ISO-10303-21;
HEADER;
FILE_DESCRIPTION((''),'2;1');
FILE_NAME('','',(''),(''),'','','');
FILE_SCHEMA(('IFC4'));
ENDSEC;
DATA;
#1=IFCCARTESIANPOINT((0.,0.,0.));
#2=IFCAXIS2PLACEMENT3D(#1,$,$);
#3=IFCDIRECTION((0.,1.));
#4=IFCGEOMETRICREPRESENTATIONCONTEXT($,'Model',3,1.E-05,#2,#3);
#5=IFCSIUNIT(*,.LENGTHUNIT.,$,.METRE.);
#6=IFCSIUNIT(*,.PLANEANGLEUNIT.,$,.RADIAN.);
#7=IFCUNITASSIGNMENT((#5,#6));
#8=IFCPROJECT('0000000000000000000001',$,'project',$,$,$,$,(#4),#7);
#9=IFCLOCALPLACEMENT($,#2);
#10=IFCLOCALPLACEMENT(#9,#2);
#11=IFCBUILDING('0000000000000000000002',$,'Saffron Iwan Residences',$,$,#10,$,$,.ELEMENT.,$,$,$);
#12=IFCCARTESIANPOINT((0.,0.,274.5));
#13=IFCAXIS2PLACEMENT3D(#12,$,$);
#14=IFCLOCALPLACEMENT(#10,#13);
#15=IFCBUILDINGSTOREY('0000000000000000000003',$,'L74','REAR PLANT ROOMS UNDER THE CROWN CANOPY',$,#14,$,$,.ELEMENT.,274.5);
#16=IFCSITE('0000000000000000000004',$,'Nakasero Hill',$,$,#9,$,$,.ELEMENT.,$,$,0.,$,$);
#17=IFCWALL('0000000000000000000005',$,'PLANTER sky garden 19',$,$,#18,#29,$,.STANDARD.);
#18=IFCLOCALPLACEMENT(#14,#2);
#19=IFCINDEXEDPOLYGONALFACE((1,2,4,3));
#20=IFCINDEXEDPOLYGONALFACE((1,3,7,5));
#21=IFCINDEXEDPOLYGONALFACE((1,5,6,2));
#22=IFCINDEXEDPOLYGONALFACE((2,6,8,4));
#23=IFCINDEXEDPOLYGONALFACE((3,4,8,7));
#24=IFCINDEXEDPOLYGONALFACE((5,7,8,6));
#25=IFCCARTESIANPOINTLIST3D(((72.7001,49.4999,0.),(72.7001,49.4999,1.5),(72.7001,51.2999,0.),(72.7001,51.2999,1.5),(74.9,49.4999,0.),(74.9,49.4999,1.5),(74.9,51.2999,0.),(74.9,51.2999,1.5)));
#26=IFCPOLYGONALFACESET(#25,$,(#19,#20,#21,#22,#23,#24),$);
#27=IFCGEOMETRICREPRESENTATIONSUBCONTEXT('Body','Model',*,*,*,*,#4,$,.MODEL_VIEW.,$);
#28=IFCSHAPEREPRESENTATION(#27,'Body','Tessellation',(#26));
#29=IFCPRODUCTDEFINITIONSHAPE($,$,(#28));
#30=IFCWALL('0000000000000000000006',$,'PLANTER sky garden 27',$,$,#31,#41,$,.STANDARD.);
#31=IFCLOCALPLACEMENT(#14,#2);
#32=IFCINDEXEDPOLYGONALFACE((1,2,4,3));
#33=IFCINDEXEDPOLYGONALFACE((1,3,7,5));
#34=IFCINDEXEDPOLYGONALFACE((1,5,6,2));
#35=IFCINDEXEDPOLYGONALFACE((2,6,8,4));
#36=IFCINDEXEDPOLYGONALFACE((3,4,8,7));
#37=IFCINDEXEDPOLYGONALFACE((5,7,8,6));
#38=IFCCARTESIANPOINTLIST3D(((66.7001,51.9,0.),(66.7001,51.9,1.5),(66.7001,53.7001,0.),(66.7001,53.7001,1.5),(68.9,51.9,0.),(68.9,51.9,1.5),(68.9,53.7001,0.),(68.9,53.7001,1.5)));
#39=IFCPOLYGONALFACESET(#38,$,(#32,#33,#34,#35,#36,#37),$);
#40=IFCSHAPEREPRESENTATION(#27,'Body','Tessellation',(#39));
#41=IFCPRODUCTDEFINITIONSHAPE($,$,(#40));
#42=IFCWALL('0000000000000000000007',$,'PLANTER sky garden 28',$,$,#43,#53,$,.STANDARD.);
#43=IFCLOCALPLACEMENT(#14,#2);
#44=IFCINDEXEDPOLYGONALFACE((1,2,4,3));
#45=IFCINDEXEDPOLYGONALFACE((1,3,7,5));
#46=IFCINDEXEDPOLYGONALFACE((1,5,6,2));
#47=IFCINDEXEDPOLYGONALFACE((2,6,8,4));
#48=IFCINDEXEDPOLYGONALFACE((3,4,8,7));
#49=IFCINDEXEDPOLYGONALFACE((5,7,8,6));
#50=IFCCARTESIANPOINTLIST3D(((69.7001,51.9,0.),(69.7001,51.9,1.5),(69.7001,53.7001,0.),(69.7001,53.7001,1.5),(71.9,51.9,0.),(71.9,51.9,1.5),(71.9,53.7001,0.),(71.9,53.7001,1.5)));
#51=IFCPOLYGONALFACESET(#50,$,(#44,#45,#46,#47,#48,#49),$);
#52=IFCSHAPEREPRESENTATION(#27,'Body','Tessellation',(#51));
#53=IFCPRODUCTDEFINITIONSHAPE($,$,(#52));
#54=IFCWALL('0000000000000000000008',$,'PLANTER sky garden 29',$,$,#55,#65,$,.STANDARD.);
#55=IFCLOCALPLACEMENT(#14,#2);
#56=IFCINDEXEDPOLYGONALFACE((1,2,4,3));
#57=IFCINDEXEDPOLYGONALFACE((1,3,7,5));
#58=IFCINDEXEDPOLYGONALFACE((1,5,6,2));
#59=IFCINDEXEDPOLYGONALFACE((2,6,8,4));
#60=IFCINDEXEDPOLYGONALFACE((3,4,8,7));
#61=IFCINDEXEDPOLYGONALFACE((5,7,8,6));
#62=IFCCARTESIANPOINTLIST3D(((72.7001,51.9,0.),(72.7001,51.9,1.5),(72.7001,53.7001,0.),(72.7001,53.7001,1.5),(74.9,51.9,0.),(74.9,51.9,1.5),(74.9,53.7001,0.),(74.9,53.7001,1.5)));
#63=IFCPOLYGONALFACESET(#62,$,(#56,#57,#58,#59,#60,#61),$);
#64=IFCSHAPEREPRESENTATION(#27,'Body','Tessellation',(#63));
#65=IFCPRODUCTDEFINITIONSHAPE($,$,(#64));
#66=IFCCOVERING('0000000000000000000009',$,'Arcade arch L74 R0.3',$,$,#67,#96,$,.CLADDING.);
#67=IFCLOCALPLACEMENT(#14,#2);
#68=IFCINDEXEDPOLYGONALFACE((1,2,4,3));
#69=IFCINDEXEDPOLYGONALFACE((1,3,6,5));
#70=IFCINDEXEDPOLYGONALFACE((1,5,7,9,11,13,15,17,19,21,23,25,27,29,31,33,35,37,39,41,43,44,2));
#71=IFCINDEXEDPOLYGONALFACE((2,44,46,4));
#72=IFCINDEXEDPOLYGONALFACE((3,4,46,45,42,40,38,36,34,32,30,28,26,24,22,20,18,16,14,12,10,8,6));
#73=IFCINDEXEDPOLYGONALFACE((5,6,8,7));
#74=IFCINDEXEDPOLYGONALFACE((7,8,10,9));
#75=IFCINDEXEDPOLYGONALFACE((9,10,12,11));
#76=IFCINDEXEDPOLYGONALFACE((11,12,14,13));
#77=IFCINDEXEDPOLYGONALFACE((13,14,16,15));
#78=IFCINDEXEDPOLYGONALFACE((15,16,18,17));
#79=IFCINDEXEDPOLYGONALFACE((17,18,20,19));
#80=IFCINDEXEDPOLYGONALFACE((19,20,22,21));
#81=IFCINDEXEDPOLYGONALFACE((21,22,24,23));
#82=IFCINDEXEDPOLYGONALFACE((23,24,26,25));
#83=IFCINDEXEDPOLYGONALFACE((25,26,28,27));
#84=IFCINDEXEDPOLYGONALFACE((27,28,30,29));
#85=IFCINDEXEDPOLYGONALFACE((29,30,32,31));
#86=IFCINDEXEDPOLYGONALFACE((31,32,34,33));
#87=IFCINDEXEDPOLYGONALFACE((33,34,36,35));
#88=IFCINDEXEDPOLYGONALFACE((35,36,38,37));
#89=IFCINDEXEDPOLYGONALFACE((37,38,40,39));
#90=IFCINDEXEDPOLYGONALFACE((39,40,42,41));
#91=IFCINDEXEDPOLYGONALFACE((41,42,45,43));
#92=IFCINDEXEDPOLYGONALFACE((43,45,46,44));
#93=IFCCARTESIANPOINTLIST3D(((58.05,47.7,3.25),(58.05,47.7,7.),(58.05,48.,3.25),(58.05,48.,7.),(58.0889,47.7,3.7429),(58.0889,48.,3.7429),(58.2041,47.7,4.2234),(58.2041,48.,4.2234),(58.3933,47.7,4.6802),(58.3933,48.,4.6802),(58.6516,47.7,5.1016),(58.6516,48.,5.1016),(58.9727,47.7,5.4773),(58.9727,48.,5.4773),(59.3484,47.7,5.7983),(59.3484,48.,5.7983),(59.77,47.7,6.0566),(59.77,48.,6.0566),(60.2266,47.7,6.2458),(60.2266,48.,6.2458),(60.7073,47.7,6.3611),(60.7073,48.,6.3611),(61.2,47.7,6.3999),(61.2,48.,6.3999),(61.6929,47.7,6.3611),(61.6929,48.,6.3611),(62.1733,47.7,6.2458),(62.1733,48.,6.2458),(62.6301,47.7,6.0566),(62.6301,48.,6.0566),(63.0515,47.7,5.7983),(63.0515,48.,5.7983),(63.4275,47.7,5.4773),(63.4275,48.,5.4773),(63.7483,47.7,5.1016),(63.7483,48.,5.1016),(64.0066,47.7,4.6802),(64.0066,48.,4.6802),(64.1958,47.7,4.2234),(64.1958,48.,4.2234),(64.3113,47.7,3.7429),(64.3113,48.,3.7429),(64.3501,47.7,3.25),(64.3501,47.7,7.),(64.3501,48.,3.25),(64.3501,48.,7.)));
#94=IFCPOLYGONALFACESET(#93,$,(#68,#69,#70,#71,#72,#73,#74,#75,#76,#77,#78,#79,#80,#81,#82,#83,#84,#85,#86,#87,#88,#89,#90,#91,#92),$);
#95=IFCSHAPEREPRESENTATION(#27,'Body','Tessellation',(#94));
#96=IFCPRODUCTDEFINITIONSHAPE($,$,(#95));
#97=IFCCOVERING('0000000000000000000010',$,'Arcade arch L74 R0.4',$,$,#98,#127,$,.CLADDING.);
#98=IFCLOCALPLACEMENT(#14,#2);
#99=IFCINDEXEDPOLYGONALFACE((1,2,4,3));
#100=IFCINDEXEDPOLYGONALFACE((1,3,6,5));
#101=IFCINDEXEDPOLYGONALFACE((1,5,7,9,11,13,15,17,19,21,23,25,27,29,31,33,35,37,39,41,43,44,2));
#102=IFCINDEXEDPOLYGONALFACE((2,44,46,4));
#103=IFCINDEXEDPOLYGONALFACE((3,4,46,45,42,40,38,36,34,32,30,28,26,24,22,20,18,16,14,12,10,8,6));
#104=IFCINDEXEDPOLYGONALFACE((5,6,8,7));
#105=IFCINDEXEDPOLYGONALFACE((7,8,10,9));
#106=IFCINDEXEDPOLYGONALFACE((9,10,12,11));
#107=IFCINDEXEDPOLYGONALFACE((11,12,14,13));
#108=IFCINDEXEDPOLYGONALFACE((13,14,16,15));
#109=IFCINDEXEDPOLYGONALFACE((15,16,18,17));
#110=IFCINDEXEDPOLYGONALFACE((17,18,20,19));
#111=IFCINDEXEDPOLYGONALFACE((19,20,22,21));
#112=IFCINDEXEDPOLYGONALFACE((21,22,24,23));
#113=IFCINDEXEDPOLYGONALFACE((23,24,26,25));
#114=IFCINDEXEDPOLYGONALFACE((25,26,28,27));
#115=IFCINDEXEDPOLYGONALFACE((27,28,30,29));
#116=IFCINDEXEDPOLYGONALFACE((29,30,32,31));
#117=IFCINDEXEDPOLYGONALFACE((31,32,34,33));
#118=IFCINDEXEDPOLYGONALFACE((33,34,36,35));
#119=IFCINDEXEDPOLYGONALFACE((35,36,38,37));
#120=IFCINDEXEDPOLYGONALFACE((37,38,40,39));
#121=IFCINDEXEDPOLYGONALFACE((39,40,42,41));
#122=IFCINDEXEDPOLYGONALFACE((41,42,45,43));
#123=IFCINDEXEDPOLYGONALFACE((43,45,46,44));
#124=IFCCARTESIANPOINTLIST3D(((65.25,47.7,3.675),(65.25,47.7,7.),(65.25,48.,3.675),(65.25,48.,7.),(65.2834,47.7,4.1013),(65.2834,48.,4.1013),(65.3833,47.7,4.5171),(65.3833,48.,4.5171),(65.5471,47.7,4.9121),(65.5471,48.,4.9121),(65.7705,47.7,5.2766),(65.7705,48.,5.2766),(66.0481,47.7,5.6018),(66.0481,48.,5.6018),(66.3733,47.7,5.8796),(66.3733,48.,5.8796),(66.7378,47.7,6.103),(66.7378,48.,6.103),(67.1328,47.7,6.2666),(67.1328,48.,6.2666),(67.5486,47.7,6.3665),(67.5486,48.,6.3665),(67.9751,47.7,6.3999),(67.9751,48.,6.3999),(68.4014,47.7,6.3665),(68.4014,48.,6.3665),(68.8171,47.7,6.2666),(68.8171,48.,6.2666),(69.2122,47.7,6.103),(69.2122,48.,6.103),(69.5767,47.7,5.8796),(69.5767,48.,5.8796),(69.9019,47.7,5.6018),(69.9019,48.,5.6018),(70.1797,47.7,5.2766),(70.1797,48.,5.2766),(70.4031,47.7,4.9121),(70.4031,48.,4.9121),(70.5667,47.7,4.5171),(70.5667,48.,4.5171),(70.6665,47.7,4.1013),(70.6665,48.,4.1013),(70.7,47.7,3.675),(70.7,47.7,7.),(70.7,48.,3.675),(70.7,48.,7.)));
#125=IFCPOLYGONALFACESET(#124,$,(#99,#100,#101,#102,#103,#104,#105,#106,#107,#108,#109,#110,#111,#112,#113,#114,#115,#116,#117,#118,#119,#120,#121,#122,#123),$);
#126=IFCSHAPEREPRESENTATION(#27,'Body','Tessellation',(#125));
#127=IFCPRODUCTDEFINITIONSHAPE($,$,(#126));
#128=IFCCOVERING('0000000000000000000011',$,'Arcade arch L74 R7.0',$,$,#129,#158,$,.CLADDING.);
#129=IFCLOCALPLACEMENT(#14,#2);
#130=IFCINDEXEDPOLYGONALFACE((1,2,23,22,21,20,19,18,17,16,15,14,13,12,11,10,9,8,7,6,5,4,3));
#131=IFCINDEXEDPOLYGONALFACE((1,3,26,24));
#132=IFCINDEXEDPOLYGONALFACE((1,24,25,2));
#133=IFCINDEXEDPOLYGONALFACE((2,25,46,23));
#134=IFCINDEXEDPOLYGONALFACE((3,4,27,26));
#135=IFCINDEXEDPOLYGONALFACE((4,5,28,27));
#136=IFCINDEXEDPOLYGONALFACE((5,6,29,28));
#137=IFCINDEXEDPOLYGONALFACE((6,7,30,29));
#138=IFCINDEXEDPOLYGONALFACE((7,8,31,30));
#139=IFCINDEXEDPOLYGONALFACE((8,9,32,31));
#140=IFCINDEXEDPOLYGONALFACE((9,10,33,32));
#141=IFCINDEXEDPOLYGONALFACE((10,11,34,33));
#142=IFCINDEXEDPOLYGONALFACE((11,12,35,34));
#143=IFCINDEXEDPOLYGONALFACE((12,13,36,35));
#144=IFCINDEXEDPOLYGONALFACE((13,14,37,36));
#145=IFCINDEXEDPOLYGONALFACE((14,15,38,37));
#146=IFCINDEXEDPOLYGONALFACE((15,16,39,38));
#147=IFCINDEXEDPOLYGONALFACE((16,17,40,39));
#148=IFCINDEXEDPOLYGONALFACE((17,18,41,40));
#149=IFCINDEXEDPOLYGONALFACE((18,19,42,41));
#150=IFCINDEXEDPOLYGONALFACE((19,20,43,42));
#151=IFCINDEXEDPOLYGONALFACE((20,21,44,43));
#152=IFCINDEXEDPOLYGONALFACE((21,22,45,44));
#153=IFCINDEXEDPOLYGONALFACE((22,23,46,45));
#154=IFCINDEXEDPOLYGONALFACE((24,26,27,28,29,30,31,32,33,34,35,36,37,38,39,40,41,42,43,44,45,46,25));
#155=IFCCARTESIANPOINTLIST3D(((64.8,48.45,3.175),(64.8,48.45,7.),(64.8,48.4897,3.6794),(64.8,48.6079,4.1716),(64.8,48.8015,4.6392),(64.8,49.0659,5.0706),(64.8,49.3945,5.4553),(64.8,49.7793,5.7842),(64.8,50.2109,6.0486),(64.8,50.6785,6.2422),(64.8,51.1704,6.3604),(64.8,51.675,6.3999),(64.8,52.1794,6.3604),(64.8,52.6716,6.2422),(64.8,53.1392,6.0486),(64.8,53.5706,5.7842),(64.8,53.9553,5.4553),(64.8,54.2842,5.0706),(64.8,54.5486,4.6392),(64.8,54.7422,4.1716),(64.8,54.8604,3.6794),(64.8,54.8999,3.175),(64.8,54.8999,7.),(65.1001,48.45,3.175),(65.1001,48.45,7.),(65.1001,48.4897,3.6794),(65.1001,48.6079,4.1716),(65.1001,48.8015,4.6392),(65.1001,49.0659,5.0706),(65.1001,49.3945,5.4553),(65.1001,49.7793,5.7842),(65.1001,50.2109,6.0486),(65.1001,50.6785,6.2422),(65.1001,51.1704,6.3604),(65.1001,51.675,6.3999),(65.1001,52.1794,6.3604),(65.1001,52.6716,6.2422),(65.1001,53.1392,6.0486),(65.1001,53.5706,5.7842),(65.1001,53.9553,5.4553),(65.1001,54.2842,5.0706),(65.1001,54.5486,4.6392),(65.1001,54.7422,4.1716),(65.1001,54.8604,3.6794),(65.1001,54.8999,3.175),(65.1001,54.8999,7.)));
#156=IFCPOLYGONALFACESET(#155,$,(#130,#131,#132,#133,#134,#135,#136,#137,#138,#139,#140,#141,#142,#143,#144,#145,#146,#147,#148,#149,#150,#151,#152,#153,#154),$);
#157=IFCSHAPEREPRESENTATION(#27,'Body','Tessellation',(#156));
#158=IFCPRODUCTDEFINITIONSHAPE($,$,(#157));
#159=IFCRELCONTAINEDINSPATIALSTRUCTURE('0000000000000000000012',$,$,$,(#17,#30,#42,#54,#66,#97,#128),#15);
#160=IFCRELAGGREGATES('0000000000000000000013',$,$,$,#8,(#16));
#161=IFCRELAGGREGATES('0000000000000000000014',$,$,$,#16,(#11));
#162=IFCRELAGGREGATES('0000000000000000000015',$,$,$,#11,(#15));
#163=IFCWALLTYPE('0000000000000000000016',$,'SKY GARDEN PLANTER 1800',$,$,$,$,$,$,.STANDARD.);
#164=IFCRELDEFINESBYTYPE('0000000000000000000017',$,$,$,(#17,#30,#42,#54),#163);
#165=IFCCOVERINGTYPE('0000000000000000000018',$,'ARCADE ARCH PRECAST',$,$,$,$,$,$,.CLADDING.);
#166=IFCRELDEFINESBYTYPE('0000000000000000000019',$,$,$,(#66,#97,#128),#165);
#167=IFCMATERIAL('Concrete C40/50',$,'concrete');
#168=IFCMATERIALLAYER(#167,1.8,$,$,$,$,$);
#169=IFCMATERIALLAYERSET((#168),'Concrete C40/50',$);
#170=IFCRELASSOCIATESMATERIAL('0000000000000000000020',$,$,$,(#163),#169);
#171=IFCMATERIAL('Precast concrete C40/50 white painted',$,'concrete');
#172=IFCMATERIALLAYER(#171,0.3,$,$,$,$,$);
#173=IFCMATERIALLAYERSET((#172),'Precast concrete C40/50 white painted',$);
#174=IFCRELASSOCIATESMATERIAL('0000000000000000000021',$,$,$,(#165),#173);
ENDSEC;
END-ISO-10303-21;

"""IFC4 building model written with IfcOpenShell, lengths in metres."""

from ifc_helpers import new_model, si_unit, direction, frame, frame_2d, origin, place, context, subcontext, project, spatial, polyline, rectangle, outline, extrude, material, layer, layer_set, type_object, element, save


model = new_model("IFC4")

# Units and contexts
model_context = context("Model", 3, precision=1e-05, world=origin(), true_north=direction((0.0, 1.0)))
body_context = subcontext(model_context, "Body", "Model", "MODEL_VIEW")
ifc_project = project(units=[si_unit("LENGTHUNIT", "METRE"), si_unit("PLANEANGLEUNIT", "RADIAN")], contexts=[model_context])

# Site, building, storey
site_placement = place(None, origin())
site = spatial("IfcSite", under=ifc_project, at=site_placement, Name="Nakasero Hill", CompositionType="ELEMENT", RefElevation=0.0)
building_placement = place(site_placement, origin())
building = spatial("IfcBuilding", under=site, at=building_placement, Name="Saffron Iwan Residences", CompositionType="ELEMENT")
storey_placement = place(building_placement, frame((0.0, 0.0, 274.5)))
storey = spatial("IfcBuildingStorey", under=building, at=storey_placement, Name="L74", Description="REAR PLANT ROOMS UNDER THE CROWN CANOPY", CompositionType="ELEMENT", Elevation=274.5)

# Shared definitions
ifc_material_1 = material(Name="Concrete C40/50", Category="concrete")

# Walls
ifc_layer_1 = layer(ifc_material_1, 1.8)
ifc_layer_set_1 = layer_set([ifc_layer_1], Name="Concrete C40/50")
wall_type_1 = type_object("IfcWallType", Name="SKY GARDEN PLANTER 1800", PredefinedType="STANDARD", material=ifc_layer_set_1)
for number, where, z_axis, x_axis, name in (
    (1, (72.7, 50.3999, 0.0), (0.0, 0.0, 1.0), (1.0, 0.0, 0.0), "PLANTER sky garden 19"),
    (2, (66.7, 52.8, 0.0), (0.0, 0.0, 1.0), (1.0, 0.0, 0.0), "PLANTER sky garden 27"),
    (3, (69.7, 52.8, 0.0), (0.0, 0.0, 1.0), (1.0, 0.0, 0.0), "PLANTER sky garden 28"),
    (4, (72.7, 52.8, 0.0), (0.0, 0.0, 1.0), (1.0, 0.0, 0.0), "PLANTER sky garden 29"),
):
    element("IfcWall", number, at=place(storey_placement, frame(where, z_axis=z_axis, x_axis=x_axis)), inside=storey, type_object=wall_type_1, Name=name, PredefinedType="STANDARD", context=body_context, shape_type="SweptSolid", body=[
        extrude(rectangle(XDim=2.2, YDim=1.8, at=frame_2d((1.1001, 0.0))), origin(), (0.0, 0.0, 1.0), 1.5),
    ])

# Coverings
ifc_material_2 = material(Name="Precast concrete C40/50 white painted", Category="concrete")
ifc_layer_2 = layer(ifc_material_2, 0.3)
ifc_layer_set_2 = layer_set([ifc_layer_2], Name="Precast concrete C40/50 white painted")
covering_type = type_object("IfcCoveringType", Name="ARCADE ARCH PRECAST", PredefinedType="CLADDING", material=ifc_layer_set_2)
covering_1_placement = place(storey_placement, frame((58.05, 48.0, 3.25), z_axis=(0.0, 1.0, 0.0), x_axis=(0.0, 0.0, 1.0)))
element("IfcCovering", 5, at=covering_1_placement, inside=storey, type_object=covering_type, Name="Arcade arch L74 R0.3", PredefinedType="CLADDING", context=body_context, shape_type="SweptSolid", body=[
    extrude(outline(polyline([(0.0, 0.0), (3.75, 0.0), (3.75, 6.3), (0.0, 6.3), (0.4929, 6.2612), (0.9734, 6.1458), (1.4302, 5.9565), (1.8516, 5.6982), (2.2273, 5.3774), (2.5483, 5.0015), (2.8066, 4.5801), (2.9958, 4.1233), (3.1111, 3.6428), (3.1499, 3.1499), (3.1111, 2.6572), (2.9958, 2.1765), (2.8066, 1.72), (2.5483, 1.2983), (2.2273, 0.9226), (1.8516, 0.6016), (1.4302, 0.3433), (0.9734, 0.1541), (0.4929, 0.0388), (0.0, 0.0)])), origin(), (0.0, 0.0, -1.0), 0.3),
])
covering_2_placement = place(storey_placement, frame((65.25, 48.0, 3.675), z_axis=(0.0, 1.0, 0.0), x_axis=(0.0, 0.0, 1.0)))
element("IfcCovering", 6, at=covering_2_placement, inside=storey, type_object=covering_type, Name="Arcade arch L74 R0.4", PredefinedType="CLADDING", context=body_context, shape_type="SweptSolid", body=[
    extrude(outline(polyline([(0.0, 0.0), (3.325, 0.0), (3.325, 5.45), (0.0, 5.45), (0.4263, 5.4165), (0.842, 5.3167), (1.2371, 5.1531), (1.6016, 4.9297), (1.9268, 4.6519), (2.2046, 4.3267), (2.428, 3.9622), (2.5916, 3.5671), (2.6914, 3.1514), (2.7249, 2.7251), (2.6914, 2.2986), (2.5916, 1.8828), (2.428, 1.4878), (2.2046, 1.1233), (1.9268, 0.7981), (1.6016, 0.5205), (1.2371, 0.2971), (0.842, 0.1333), (0.4263, 0.0334), (0.0, 0.0)])), origin(), (0.0, 0.0, -1.0), 0.3),
])
covering_3_placement = place(storey_placement, frame((64.8, 48.45, 3.175), z_axis=(-1.0, 0.0, 0.0), x_axis=(0.0, 0.0, 1.0)))
element("IfcCovering", 7, at=covering_3_placement, inside=storey, type_object=covering_type, Name="Arcade arch L74 R7.0", PredefinedType="CLADDING", context=body_context, shape_type="SweptSolid", body=[
    extrude(outline(polyline([(0.0, 0.0), (3.825, 0.0), (3.825, 6.45), (0.0, 6.45), (0.5044, 6.4104), (0.9966, 6.2922), (1.4641, 6.0986), (1.8955, 5.8342), (2.2803, 5.5054), (2.6091, 5.1206), (2.8735, 4.6892), (3.0671, 4.2217), (3.1853, 3.7295), (3.2249, 3.2251), (3.1853, 2.7205), (3.0671, 2.2285), (2.8735, 1.761), (2.6091, 1.3293), (2.2803, 0.9446), (1.8955, 0.616), (1.4641, 0.3516), (0.9966, 0.158), (0.5044, 0.0398), (0.0, 0.0)])), origin(), (0.0, 0.0, -1.0), 0.3),
])

save(model, "model.ifc")
